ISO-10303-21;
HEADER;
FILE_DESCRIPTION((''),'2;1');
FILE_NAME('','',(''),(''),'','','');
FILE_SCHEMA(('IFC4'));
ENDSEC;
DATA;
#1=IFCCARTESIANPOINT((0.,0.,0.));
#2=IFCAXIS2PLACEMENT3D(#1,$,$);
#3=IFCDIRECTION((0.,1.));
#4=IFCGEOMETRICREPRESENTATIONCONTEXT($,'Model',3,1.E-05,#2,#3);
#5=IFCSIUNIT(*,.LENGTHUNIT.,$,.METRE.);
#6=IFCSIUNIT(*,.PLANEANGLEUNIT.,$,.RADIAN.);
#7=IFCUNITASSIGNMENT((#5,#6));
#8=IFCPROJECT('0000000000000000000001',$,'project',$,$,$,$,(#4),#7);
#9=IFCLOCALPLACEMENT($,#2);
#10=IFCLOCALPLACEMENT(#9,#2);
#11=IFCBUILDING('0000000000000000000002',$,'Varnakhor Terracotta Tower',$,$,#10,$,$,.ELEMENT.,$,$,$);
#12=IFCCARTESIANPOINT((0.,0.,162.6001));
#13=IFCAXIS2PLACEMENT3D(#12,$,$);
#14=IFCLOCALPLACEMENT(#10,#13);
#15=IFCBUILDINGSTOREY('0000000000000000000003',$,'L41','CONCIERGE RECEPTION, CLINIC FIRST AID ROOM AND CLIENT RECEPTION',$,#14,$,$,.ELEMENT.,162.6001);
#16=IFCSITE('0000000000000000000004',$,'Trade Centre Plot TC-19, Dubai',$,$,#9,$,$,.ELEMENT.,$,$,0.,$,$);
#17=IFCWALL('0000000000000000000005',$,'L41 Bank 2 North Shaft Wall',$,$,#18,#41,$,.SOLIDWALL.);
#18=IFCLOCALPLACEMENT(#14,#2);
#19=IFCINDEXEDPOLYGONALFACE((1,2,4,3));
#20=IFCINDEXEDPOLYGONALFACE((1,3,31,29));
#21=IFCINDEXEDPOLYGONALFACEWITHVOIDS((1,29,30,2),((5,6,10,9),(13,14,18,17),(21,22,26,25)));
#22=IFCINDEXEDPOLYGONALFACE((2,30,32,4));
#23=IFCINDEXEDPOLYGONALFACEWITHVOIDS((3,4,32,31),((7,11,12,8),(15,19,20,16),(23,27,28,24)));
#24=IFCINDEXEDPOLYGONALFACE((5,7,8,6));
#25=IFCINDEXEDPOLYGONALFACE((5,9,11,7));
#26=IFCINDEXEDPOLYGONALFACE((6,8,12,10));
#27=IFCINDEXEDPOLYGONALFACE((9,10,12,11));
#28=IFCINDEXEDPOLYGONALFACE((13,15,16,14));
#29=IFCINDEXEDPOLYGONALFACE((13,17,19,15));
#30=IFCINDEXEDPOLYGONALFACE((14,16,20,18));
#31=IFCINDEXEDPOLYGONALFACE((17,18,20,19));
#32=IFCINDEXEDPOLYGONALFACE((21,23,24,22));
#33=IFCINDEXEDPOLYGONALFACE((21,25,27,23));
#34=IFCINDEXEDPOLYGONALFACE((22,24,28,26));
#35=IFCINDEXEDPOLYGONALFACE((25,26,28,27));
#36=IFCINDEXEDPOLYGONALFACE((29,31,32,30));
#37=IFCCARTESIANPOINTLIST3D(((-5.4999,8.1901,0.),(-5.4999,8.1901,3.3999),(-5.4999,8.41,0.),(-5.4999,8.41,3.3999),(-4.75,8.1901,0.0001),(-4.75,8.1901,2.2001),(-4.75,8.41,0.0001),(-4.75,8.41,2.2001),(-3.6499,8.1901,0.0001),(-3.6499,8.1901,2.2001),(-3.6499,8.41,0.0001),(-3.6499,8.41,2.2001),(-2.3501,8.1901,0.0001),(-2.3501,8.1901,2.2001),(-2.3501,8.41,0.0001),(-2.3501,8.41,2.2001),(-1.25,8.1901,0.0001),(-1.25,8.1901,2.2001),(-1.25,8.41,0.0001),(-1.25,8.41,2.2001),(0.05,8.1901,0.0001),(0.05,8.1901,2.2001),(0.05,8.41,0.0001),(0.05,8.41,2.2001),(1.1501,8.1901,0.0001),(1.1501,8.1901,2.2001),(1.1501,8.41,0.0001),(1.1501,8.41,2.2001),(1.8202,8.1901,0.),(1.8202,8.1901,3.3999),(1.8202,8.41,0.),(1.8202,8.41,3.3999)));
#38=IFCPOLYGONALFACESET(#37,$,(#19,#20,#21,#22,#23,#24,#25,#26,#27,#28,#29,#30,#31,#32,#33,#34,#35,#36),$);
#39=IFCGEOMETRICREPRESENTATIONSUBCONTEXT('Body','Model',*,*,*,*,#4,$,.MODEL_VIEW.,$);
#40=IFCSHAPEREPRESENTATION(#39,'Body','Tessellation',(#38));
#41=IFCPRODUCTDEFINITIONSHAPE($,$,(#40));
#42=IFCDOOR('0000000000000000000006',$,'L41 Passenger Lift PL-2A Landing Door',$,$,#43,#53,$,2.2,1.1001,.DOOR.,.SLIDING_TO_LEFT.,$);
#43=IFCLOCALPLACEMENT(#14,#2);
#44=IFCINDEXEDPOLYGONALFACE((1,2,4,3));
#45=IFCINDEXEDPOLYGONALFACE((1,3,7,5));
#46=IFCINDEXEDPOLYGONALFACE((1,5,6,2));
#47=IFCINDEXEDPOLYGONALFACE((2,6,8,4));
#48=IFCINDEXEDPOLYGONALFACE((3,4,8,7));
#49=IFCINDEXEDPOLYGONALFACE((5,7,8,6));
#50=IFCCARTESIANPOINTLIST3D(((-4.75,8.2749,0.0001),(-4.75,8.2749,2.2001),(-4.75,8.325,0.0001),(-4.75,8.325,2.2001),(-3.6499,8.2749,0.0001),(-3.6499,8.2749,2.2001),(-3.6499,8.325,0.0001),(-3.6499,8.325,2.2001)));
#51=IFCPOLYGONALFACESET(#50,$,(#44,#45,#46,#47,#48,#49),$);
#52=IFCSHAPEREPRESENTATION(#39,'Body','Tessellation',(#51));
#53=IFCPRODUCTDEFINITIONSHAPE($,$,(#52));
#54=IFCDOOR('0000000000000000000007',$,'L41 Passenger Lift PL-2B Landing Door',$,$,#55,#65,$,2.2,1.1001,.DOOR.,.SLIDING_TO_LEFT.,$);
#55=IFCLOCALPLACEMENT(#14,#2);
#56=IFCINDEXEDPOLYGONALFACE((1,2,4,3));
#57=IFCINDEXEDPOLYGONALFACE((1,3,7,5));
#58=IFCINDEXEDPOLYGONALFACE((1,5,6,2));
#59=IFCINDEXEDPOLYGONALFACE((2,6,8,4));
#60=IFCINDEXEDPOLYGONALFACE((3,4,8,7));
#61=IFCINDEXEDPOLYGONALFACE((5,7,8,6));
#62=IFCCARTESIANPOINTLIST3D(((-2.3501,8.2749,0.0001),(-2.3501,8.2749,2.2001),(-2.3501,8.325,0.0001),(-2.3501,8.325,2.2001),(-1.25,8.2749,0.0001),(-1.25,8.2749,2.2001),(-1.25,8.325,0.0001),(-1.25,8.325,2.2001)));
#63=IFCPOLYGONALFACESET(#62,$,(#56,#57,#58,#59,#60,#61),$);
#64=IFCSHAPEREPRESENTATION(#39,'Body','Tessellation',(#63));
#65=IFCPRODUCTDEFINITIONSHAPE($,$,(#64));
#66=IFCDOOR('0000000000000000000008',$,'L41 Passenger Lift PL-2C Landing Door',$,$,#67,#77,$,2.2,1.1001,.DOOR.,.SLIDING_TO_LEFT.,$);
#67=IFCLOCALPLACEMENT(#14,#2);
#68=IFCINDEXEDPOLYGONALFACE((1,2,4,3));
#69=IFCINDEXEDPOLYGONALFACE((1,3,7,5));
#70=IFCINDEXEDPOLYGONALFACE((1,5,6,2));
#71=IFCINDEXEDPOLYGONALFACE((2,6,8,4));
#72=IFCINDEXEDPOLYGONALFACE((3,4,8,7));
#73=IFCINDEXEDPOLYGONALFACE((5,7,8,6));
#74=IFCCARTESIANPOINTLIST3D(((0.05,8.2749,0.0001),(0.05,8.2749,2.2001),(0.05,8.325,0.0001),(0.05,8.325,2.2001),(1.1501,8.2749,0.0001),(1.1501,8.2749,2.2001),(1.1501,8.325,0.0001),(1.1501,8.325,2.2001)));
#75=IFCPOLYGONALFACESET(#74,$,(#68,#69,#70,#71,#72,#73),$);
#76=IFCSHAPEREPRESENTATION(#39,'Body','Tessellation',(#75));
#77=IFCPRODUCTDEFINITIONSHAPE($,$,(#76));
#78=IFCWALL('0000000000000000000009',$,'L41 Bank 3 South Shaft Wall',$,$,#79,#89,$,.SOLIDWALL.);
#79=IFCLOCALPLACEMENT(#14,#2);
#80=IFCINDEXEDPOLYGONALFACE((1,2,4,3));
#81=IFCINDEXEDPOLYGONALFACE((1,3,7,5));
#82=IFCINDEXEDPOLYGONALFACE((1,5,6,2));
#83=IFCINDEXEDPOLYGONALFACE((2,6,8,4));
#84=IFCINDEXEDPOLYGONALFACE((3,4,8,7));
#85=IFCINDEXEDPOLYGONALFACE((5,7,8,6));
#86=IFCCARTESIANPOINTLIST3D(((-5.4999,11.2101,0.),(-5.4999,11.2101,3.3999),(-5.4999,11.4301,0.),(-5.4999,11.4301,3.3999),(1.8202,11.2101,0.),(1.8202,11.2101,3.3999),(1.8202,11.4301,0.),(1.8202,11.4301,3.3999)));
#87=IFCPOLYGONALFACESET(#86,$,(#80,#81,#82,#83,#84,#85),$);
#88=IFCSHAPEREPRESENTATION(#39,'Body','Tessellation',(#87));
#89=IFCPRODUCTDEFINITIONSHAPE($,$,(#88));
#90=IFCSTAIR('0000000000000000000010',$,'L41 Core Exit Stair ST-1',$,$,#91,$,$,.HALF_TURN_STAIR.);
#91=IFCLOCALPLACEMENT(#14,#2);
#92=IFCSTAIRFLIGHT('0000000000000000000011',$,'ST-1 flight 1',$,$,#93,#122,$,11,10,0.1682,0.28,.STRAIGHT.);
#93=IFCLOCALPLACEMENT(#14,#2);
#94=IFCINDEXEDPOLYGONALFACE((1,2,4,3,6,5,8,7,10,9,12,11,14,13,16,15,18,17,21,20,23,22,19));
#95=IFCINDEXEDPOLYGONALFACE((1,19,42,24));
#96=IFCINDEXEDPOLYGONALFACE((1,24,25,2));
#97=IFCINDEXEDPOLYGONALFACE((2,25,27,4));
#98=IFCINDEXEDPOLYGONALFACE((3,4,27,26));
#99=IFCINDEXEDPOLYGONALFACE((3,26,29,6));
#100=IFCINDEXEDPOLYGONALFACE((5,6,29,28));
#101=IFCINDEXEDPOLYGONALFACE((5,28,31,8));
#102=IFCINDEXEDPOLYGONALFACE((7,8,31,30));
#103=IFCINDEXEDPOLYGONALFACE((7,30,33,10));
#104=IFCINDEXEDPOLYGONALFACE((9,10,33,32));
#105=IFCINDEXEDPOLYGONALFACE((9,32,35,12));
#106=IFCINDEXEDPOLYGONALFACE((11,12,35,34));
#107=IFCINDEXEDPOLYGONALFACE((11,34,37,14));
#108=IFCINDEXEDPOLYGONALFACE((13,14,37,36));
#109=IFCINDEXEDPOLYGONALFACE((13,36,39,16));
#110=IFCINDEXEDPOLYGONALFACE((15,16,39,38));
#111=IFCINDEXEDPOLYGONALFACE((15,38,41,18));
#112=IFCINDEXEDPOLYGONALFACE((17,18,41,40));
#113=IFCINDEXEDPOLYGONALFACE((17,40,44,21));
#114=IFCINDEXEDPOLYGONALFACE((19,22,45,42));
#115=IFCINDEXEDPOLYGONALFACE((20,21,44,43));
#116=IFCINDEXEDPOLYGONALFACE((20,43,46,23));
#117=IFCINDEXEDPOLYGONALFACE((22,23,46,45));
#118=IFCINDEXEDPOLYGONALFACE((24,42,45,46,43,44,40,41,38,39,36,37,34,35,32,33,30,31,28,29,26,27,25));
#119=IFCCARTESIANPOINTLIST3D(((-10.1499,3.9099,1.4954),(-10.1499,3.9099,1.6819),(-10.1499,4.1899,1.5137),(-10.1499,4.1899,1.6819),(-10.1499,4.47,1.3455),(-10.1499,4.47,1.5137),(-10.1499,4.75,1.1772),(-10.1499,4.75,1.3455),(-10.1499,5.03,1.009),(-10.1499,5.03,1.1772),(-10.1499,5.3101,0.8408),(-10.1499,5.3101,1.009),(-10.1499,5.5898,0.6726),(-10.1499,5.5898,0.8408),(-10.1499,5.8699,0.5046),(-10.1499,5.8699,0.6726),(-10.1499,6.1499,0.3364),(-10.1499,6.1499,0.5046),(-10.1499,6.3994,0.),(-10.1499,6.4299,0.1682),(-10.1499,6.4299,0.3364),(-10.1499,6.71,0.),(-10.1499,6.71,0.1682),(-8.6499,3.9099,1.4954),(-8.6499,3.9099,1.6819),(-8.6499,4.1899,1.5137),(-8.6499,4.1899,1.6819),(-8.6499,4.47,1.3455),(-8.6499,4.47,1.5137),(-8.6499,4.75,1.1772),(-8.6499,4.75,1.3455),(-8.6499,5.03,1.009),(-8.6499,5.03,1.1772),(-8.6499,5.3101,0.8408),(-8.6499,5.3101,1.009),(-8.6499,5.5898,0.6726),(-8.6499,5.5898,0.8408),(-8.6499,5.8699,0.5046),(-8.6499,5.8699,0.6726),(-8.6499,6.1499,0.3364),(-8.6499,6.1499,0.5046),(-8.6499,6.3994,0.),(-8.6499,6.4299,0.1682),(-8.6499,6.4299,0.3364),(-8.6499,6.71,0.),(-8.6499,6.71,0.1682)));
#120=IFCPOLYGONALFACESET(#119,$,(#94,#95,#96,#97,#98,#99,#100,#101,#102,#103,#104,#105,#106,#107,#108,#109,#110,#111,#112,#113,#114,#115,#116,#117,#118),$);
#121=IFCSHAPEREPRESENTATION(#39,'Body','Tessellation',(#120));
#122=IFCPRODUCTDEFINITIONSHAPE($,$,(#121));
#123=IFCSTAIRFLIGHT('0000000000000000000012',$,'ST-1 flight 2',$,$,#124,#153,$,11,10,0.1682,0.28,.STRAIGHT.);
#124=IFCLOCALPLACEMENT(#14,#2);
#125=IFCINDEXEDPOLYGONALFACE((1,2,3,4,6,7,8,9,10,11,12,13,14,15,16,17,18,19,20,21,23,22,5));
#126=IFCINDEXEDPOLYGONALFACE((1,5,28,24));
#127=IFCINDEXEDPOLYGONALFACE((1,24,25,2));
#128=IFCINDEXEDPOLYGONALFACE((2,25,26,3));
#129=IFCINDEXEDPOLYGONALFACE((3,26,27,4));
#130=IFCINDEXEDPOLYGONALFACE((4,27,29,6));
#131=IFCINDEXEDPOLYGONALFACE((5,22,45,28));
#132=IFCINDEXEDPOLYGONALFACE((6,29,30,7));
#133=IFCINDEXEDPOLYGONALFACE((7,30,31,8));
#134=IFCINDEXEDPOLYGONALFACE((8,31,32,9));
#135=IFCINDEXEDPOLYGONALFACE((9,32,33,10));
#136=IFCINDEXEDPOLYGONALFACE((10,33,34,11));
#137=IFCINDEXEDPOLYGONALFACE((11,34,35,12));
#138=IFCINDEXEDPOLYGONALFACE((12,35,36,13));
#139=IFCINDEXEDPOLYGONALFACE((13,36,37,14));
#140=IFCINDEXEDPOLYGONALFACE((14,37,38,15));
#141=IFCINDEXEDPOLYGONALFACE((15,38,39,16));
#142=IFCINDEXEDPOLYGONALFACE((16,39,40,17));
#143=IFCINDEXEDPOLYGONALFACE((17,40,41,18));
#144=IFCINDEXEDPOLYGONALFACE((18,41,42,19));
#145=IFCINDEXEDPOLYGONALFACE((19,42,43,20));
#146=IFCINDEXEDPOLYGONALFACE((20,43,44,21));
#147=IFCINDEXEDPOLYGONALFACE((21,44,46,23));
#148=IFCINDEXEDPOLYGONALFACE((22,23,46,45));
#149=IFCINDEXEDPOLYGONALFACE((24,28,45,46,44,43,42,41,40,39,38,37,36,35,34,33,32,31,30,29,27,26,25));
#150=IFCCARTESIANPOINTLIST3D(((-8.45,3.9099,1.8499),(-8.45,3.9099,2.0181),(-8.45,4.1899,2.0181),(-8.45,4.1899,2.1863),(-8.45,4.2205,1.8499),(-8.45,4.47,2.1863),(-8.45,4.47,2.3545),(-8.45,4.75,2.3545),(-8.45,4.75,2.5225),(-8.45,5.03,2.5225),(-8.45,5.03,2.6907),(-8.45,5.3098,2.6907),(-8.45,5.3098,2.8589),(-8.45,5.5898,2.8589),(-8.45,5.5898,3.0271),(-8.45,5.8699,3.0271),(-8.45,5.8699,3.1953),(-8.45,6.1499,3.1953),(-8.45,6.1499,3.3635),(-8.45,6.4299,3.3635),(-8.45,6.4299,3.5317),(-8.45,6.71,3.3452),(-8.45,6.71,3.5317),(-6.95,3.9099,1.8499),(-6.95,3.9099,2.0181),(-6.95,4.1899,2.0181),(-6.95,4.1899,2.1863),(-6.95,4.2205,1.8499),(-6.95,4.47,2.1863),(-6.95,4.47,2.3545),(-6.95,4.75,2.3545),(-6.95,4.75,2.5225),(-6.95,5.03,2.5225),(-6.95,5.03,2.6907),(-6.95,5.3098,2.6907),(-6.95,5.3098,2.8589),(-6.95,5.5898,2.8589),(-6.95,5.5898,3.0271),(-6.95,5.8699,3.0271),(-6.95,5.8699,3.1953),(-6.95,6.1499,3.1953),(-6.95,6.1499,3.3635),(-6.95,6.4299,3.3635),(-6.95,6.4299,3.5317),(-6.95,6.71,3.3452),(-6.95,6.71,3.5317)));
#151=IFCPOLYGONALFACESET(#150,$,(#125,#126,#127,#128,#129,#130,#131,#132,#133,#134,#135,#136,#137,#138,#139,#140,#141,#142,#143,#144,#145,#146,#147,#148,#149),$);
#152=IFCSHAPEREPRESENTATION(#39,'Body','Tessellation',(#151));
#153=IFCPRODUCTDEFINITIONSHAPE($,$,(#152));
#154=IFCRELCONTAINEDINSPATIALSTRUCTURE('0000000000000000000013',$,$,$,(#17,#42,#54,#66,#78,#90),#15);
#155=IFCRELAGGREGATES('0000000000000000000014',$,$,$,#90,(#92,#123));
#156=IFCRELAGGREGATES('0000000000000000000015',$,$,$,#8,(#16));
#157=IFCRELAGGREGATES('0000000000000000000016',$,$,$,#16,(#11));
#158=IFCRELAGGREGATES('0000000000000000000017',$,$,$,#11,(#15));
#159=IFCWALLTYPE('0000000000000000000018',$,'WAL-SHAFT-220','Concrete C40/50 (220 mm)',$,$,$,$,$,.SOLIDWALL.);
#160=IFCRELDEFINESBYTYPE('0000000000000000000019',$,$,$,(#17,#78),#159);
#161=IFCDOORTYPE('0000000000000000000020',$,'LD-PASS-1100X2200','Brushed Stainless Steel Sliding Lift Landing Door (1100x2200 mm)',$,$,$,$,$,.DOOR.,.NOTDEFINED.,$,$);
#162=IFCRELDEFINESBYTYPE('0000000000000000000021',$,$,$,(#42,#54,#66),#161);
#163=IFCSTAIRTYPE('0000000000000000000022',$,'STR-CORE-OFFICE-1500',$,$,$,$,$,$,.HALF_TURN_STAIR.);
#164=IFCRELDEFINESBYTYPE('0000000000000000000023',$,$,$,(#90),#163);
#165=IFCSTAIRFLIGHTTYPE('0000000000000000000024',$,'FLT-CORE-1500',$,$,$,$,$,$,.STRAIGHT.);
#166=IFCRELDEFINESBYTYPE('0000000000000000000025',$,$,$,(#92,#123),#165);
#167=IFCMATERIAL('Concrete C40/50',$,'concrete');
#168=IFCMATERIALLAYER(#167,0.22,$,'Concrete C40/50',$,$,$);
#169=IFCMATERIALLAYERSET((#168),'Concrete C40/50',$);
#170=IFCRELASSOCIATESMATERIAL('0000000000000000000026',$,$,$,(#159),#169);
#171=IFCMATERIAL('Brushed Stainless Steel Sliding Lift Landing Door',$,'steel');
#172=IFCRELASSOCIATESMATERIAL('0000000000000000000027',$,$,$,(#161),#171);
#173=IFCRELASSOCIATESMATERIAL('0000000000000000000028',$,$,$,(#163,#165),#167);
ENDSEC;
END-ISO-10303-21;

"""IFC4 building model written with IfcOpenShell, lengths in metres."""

from ifc_helpers import new_model, si_unit, direction, frame, frame_2d, origin, place, context, subcontext, project, spatial, polyline, rectangle, outline, extrude, source, transform, mapped, material, layer, layer_set, type_object, type_shapes, element, fill, aggregate, save


model = new_model("IFC4")

# Units and contexts
model_context = context("Model", 3, precision=1e-05, world=origin(), true_north=direction((0.0, 1.0)))
body_context = subcontext(model_context, "Body", "Model", "MODEL_VIEW")
ifc_project = project(units=[si_unit("LENGTHUNIT", "METRE"), si_unit("PLANEANGLEUNIT", "RADIAN")], contexts=[model_context])

# Site, building, storey
site_placement = place(None, origin())
site = spatial("IfcSite", under=ifc_project, at=site_placement, Name="Trade Centre Plot TC-19, Dubai", CompositionType="ELEMENT", RefElevation=0.0)
building_placement = place(site_placement, origin())
building = spatial("IfcBuilding", under=site, at=building_placement, Name="Varnakhor Terracotta Tower", CompositionType="ELEMENT")
storey_placement = place(building_placement, frame((0.0, 0.0, 162.6001)))
storey = spatial("IfcBuildingStorey", under=building, at=storey_placement, Name="L41", Description="CONCIERGE RECEPTION, CLINIC FIRST AID ROOM AND CLIENT RECEPTION", CompositionType="ELEMENT", Elevation=162.6001)

# Shared definitions
ifc_material_1 = material(Name="Concrete C40/50", Category="concrete")

# Shared definitions
ifc_layer_1 = layer(ifc_material_1, 0.22, Name="Concrete C40/50")
ifc_layer_set_1 = layer_set([ifc_layer_1], Name="Concrete C40/50")
wall_type_1 = type_object("IfcWallType", Name="WAL-SHAFT-220", Description="Concrete C40/50 (220 mm)", PredefinedType="SOLIDWALL", material=ifc_layer_set_1)

# Wall, openings, doors
wall_1_placement = place(storey_placement, frame((-5.5, 8.3, 0.0), z_axis=(0.0, 0.0, 1.0), x_axis=(1.0, 0.0, 0.0)))
wall_1 = element("IfcWall", 1, at=wall_1_placement, inside=storey, type_object=wall_type_1, Name="L41 Bank 2 North Shaft Wall", PredefinedType="SOLIDWALL", context=body_context, shape_type="SweptSolid", body=[
    extrude(rectangle(XDim=7.3201, YDim=0.22, at=frame_2d((3.6602, 0.0))), origin(), (0.0, 0.0, 1.0), 3.3999),
])
opening_1_placement = place(wall_1_placement, frame((0.75, 0.0, 0.0)))
opening_1 = element("IfcOpeningElement", 2, at=opening_1_placement, cuts=wall_1, PredefinedType="OPENING", context=body_context, shape_type="SweptSolid", body=[
    extrude(rectangle(XDim=1.1001, YDim=2.2, at=frame_2d((0.55, 1.1001))), frame((0.0, 0.1201, 0.0), z_axis=(0.0, -1.0, 0.0), x_axis=(1.0, 0.0, 0.0)), (0.0, 0.0, 1.0), 0.24),
])
opening_2_placement = place(wall_1_placement, frame((3.1499, 0.0, 0.0)))
opening_2 = element("IfcOpeningElement", 3, at=opening_2_placement, cuts=wall_1, PredefinedType="OPENING", context=body_context, shape_type="SweptSolid", body=[
    extrude(rectangle(XDim=1.1001, YDim=2.2, at=frame_2d((0.55, 1.1001))), frame((0.0, 0.1201, 0.0), z_axis=(0.0, -1.0, 0.0), x_axis=(1.0, 0.0, 0.0)), (0.0, 0.0, 1.0), 0.24),
])
opening_3_placement = place(wall_1_placement, frame((5.55, 0.0, 0.0)))
opening_3 = element("IfcOpeningElement", 4, at=opening_3_placement, cuts=wall_1, PredefinedType="OPENING", context=body_context, shape_type="SweptSolid", body=[
    extrude(rectangle(XDim=1.1001, YDim=2.2, at=frame_2d((0.55, 1.1001))), frame((0.0, 0.1201, 0.0), z_axis=(0.0, -1.0, 0.0), x_axis=(1.0, 0.0, 0.0)), (0.0, 0.0, 1.0), 0.24),
])
ifc_material_2 = material(Name="Brushed Stainless Steel Sliding Lift Landing Door", Category="steel")
door_type_1 = type_object("IfcDoorType", Name="LD-PASS-1100X2200", Description="Brushed Stainless Steel Sliding Lift Landing Door (1100x2200 mm)", OperationType="NOTDEFINED", PredefinedType="DOOR", material=ifc_material_2)
shared_shape_1 = source(origin(), body_context, "Body", "SweptSolid", [
    extrude(rectangle(XDim=1.1001, YDim=2.2, at=frame_2d((0.55, 1.1001))), frame((0.0, 0.0249, 0.0), z_axis=(0.0, -1.0, 0.0), x_axis=(1.0, 0.0, 0.0)), (0.0, 0.0, 1.0), 0.05),
])
type_shapes(door_type_1, [shared_shape_1])
door_1_placement = place(opening_1_placement, origin())
door_1 = element("IfcDoor", 5, at=door_1_placement, inside=storey, type_object=door_type_1, Name="L41 Passenger Lift PL-2A Landing Door", OperationType="SLIDING_TO_LEFT", OverallHeight=2.2, OverallWidth=1.1001, PredefinedType="DOOR", context=body_context, shape_type="MappedRepresentation", body=[
    mapped(shared_shape_1, transform((0.0, 0.0, 0.0), scale=1.0)),
])
fill(opening_1, door_1)
door_2_placement = place(opening_2_placement, origin())
door_2 = element("IfcDoor", 6, at=door_2_placement, inside=storey, type_object=door_type_1, Name="L41 Passenger Lift PL-2B Landing Door", OperationType="SLIDING_TO_LEFT", OverallHeight=2.2, OverallWidth=1.1001, PredefinedType="DOOR", context=body_context, shape_type="MappedRepresentation", body=[
    mapped(shared_shape_1, transform((0.0, 0.0, 0.0), scale=1.0)),
])
fill(opening_2, door_2)
door_3_placement = place(opening_3_placement, origin())
door_3 = element("IfcDoor", 7, at=door_3_placement, inside=storey, type_object=door_type_1, Name="L41 Passenger Lift PL-2C Landing Door", OperationType="SLIDING_TO_LEFT", OverallHeight=2.2, OverallWidth=1.1001, PredefinedType="DOOR", context=body_context, shape_type="MappedRepresentation", body=[
    mapped(shared_shape_1, transform((0.0, 0.0, 0.0), scale=1.0)),
])
fill(opening_3, door_3)

# Wall
wall_2_placement = place(storey_placement, frame((-5.5, 11.3201, 0.0), z_axis=(0.0, 0.0, 1.0), x_axis=(1.0, 0.0, 0.0)))
element("IfcWall", 8, at=wall_2_placement, inside=storey, type_object=wall_type_1, Name="L41 Bank 3 South Shaft Wall", PredefinedType="SOLIDWALL", context=body_context, shape_type="SweptSolid", body=[
    extrude(rectangle(XDim=7.3201, YDim=0.22, at=frame_2d((3.6602, 0.0))), origin(), (0.0, 0.0, 1.0), 3.3999),
])

# Stair, stair flights
stair_type = type_object("IfcStairType", Name="STR-CORE-OFFICE-1500", PredefinedType="HALF_TURN_STAIR", material=ifc_material_1)
stair_placement = place(storey_placement, origin())
stair = element("IfcStair", 9, at=stair_placement, inside=storey, type_object=stair_type, Name="L41 Core Exit Stair ST-1", PredefinedType="HALF_TURN_STAIR")
stair_flight_type = type_object("IfcStairFlightType", Name="FLT-CORE-1500", PredefinedType="STRAIGHT", material=ifc_material_1)
stair_flight_1_placement = place(storey_placement, frame((-9.3999, 6.71, 0.0), z_axis=(0.0, 0.0, 1.0), x_axis=(0.0, -1.0, 0.0)))
stair_flight_1 = element("IfcStairFlight", 10, at=stair_flight_1_placement, type_object=stair_flight_type, Name="ST-1 flight 1", NumberOfRisers=11, NumberOfTreads=10, PredefinedType="STRAIGHT", RiserHeight=0.1682, TreadLength=0.28, context=body_context, shape_type="SweptSolid", body=[
    extrude(outline(polyline([(0.0, 0.0), (0.0, 0.1682), (0.28, 0.1682), (0.28, 0.3364), (0.5601, 0.3364), (0.5601, 0.5046), (0.8401, 0.5046), (0.8401, 0.6726), (1.1201, 0.6726), (1.1201, 0.8408), (1.3999, 0.8408), (1.3999, 1.009), (1.6799, 1.009), (1.6799, 1.1772), (1.96, 1.1772), (1.96, 1.3455), (2.24, 1.3455), (2.24, 1.5137), (2.52, 1.5137), (2.52, 1.6819), (2.8, 1.6819), (2.8, 1.8501), (2.8, 1.4954), (0.3105, 0.0), (0.0, 0.0)])), frame((0.0, 0.75, 0.0), z_axis=(0.0, -1.0, 0.0), x_axis=(1.0, 0.0, 0.0)), (0.0, 0.0, 1.0), 1.5),
])
stair_flight_2_placement = place(storey_placement, frame((-7.7, 3.9099, 1.8499), z_axis=(0.0, 0.0, 1.0), x_axis=(0.0, 1.0, 0.0)))
stair_flight_2 = element("IfcStairFlight", 11, at=stair_flight_2_placement, type_object=stair_flight_type, Name="ST-1 flight 2", NumberOfRisers=11, NumberOfTreads=10, PredefinedType="STRAIGHT", RiserHeight=0.1682, TreadLength=0.28, context=body_context, shape_type="SweptSolid", body=[
    extrude(outline(polyline([(0.0, 0.0), (0.0, 0.1682), (0.28, 0.1682), (0.28, 0.3364), (0.5601, 0.3364), (0.5601, 0.5046), (0.8401, 0.5046), (0.8401, 0.6726), (1.1201, 0.6726), (1.1201, 0.8408), (1.3999, 0.8408), (1.3999, 1.009), (1.6799, 1.009), (1.6799, 1.1772), (1.96, 1.1772), (1.96, 1.3455), (2.24, 1.3455), (2.24, 1.5137), (2.52, 1.5137), (2.52, 1.6819), (2.8, 1.6819), (2.8, 1.8501), (2.8, 1.4954), (0.3105, 0.0), (0.0, 0.0)])), frame((0.0, 0.75, 0.0), z_axis=(0.0, -1.0, 0.0), x_axis=(1.0, 0.0, 0.0)), (0.0, 0.0, 1.0), 1.5),
])
aggregate(stair, [stair_flight_1, stair_flight_2])

save(model, "model.ifc")
